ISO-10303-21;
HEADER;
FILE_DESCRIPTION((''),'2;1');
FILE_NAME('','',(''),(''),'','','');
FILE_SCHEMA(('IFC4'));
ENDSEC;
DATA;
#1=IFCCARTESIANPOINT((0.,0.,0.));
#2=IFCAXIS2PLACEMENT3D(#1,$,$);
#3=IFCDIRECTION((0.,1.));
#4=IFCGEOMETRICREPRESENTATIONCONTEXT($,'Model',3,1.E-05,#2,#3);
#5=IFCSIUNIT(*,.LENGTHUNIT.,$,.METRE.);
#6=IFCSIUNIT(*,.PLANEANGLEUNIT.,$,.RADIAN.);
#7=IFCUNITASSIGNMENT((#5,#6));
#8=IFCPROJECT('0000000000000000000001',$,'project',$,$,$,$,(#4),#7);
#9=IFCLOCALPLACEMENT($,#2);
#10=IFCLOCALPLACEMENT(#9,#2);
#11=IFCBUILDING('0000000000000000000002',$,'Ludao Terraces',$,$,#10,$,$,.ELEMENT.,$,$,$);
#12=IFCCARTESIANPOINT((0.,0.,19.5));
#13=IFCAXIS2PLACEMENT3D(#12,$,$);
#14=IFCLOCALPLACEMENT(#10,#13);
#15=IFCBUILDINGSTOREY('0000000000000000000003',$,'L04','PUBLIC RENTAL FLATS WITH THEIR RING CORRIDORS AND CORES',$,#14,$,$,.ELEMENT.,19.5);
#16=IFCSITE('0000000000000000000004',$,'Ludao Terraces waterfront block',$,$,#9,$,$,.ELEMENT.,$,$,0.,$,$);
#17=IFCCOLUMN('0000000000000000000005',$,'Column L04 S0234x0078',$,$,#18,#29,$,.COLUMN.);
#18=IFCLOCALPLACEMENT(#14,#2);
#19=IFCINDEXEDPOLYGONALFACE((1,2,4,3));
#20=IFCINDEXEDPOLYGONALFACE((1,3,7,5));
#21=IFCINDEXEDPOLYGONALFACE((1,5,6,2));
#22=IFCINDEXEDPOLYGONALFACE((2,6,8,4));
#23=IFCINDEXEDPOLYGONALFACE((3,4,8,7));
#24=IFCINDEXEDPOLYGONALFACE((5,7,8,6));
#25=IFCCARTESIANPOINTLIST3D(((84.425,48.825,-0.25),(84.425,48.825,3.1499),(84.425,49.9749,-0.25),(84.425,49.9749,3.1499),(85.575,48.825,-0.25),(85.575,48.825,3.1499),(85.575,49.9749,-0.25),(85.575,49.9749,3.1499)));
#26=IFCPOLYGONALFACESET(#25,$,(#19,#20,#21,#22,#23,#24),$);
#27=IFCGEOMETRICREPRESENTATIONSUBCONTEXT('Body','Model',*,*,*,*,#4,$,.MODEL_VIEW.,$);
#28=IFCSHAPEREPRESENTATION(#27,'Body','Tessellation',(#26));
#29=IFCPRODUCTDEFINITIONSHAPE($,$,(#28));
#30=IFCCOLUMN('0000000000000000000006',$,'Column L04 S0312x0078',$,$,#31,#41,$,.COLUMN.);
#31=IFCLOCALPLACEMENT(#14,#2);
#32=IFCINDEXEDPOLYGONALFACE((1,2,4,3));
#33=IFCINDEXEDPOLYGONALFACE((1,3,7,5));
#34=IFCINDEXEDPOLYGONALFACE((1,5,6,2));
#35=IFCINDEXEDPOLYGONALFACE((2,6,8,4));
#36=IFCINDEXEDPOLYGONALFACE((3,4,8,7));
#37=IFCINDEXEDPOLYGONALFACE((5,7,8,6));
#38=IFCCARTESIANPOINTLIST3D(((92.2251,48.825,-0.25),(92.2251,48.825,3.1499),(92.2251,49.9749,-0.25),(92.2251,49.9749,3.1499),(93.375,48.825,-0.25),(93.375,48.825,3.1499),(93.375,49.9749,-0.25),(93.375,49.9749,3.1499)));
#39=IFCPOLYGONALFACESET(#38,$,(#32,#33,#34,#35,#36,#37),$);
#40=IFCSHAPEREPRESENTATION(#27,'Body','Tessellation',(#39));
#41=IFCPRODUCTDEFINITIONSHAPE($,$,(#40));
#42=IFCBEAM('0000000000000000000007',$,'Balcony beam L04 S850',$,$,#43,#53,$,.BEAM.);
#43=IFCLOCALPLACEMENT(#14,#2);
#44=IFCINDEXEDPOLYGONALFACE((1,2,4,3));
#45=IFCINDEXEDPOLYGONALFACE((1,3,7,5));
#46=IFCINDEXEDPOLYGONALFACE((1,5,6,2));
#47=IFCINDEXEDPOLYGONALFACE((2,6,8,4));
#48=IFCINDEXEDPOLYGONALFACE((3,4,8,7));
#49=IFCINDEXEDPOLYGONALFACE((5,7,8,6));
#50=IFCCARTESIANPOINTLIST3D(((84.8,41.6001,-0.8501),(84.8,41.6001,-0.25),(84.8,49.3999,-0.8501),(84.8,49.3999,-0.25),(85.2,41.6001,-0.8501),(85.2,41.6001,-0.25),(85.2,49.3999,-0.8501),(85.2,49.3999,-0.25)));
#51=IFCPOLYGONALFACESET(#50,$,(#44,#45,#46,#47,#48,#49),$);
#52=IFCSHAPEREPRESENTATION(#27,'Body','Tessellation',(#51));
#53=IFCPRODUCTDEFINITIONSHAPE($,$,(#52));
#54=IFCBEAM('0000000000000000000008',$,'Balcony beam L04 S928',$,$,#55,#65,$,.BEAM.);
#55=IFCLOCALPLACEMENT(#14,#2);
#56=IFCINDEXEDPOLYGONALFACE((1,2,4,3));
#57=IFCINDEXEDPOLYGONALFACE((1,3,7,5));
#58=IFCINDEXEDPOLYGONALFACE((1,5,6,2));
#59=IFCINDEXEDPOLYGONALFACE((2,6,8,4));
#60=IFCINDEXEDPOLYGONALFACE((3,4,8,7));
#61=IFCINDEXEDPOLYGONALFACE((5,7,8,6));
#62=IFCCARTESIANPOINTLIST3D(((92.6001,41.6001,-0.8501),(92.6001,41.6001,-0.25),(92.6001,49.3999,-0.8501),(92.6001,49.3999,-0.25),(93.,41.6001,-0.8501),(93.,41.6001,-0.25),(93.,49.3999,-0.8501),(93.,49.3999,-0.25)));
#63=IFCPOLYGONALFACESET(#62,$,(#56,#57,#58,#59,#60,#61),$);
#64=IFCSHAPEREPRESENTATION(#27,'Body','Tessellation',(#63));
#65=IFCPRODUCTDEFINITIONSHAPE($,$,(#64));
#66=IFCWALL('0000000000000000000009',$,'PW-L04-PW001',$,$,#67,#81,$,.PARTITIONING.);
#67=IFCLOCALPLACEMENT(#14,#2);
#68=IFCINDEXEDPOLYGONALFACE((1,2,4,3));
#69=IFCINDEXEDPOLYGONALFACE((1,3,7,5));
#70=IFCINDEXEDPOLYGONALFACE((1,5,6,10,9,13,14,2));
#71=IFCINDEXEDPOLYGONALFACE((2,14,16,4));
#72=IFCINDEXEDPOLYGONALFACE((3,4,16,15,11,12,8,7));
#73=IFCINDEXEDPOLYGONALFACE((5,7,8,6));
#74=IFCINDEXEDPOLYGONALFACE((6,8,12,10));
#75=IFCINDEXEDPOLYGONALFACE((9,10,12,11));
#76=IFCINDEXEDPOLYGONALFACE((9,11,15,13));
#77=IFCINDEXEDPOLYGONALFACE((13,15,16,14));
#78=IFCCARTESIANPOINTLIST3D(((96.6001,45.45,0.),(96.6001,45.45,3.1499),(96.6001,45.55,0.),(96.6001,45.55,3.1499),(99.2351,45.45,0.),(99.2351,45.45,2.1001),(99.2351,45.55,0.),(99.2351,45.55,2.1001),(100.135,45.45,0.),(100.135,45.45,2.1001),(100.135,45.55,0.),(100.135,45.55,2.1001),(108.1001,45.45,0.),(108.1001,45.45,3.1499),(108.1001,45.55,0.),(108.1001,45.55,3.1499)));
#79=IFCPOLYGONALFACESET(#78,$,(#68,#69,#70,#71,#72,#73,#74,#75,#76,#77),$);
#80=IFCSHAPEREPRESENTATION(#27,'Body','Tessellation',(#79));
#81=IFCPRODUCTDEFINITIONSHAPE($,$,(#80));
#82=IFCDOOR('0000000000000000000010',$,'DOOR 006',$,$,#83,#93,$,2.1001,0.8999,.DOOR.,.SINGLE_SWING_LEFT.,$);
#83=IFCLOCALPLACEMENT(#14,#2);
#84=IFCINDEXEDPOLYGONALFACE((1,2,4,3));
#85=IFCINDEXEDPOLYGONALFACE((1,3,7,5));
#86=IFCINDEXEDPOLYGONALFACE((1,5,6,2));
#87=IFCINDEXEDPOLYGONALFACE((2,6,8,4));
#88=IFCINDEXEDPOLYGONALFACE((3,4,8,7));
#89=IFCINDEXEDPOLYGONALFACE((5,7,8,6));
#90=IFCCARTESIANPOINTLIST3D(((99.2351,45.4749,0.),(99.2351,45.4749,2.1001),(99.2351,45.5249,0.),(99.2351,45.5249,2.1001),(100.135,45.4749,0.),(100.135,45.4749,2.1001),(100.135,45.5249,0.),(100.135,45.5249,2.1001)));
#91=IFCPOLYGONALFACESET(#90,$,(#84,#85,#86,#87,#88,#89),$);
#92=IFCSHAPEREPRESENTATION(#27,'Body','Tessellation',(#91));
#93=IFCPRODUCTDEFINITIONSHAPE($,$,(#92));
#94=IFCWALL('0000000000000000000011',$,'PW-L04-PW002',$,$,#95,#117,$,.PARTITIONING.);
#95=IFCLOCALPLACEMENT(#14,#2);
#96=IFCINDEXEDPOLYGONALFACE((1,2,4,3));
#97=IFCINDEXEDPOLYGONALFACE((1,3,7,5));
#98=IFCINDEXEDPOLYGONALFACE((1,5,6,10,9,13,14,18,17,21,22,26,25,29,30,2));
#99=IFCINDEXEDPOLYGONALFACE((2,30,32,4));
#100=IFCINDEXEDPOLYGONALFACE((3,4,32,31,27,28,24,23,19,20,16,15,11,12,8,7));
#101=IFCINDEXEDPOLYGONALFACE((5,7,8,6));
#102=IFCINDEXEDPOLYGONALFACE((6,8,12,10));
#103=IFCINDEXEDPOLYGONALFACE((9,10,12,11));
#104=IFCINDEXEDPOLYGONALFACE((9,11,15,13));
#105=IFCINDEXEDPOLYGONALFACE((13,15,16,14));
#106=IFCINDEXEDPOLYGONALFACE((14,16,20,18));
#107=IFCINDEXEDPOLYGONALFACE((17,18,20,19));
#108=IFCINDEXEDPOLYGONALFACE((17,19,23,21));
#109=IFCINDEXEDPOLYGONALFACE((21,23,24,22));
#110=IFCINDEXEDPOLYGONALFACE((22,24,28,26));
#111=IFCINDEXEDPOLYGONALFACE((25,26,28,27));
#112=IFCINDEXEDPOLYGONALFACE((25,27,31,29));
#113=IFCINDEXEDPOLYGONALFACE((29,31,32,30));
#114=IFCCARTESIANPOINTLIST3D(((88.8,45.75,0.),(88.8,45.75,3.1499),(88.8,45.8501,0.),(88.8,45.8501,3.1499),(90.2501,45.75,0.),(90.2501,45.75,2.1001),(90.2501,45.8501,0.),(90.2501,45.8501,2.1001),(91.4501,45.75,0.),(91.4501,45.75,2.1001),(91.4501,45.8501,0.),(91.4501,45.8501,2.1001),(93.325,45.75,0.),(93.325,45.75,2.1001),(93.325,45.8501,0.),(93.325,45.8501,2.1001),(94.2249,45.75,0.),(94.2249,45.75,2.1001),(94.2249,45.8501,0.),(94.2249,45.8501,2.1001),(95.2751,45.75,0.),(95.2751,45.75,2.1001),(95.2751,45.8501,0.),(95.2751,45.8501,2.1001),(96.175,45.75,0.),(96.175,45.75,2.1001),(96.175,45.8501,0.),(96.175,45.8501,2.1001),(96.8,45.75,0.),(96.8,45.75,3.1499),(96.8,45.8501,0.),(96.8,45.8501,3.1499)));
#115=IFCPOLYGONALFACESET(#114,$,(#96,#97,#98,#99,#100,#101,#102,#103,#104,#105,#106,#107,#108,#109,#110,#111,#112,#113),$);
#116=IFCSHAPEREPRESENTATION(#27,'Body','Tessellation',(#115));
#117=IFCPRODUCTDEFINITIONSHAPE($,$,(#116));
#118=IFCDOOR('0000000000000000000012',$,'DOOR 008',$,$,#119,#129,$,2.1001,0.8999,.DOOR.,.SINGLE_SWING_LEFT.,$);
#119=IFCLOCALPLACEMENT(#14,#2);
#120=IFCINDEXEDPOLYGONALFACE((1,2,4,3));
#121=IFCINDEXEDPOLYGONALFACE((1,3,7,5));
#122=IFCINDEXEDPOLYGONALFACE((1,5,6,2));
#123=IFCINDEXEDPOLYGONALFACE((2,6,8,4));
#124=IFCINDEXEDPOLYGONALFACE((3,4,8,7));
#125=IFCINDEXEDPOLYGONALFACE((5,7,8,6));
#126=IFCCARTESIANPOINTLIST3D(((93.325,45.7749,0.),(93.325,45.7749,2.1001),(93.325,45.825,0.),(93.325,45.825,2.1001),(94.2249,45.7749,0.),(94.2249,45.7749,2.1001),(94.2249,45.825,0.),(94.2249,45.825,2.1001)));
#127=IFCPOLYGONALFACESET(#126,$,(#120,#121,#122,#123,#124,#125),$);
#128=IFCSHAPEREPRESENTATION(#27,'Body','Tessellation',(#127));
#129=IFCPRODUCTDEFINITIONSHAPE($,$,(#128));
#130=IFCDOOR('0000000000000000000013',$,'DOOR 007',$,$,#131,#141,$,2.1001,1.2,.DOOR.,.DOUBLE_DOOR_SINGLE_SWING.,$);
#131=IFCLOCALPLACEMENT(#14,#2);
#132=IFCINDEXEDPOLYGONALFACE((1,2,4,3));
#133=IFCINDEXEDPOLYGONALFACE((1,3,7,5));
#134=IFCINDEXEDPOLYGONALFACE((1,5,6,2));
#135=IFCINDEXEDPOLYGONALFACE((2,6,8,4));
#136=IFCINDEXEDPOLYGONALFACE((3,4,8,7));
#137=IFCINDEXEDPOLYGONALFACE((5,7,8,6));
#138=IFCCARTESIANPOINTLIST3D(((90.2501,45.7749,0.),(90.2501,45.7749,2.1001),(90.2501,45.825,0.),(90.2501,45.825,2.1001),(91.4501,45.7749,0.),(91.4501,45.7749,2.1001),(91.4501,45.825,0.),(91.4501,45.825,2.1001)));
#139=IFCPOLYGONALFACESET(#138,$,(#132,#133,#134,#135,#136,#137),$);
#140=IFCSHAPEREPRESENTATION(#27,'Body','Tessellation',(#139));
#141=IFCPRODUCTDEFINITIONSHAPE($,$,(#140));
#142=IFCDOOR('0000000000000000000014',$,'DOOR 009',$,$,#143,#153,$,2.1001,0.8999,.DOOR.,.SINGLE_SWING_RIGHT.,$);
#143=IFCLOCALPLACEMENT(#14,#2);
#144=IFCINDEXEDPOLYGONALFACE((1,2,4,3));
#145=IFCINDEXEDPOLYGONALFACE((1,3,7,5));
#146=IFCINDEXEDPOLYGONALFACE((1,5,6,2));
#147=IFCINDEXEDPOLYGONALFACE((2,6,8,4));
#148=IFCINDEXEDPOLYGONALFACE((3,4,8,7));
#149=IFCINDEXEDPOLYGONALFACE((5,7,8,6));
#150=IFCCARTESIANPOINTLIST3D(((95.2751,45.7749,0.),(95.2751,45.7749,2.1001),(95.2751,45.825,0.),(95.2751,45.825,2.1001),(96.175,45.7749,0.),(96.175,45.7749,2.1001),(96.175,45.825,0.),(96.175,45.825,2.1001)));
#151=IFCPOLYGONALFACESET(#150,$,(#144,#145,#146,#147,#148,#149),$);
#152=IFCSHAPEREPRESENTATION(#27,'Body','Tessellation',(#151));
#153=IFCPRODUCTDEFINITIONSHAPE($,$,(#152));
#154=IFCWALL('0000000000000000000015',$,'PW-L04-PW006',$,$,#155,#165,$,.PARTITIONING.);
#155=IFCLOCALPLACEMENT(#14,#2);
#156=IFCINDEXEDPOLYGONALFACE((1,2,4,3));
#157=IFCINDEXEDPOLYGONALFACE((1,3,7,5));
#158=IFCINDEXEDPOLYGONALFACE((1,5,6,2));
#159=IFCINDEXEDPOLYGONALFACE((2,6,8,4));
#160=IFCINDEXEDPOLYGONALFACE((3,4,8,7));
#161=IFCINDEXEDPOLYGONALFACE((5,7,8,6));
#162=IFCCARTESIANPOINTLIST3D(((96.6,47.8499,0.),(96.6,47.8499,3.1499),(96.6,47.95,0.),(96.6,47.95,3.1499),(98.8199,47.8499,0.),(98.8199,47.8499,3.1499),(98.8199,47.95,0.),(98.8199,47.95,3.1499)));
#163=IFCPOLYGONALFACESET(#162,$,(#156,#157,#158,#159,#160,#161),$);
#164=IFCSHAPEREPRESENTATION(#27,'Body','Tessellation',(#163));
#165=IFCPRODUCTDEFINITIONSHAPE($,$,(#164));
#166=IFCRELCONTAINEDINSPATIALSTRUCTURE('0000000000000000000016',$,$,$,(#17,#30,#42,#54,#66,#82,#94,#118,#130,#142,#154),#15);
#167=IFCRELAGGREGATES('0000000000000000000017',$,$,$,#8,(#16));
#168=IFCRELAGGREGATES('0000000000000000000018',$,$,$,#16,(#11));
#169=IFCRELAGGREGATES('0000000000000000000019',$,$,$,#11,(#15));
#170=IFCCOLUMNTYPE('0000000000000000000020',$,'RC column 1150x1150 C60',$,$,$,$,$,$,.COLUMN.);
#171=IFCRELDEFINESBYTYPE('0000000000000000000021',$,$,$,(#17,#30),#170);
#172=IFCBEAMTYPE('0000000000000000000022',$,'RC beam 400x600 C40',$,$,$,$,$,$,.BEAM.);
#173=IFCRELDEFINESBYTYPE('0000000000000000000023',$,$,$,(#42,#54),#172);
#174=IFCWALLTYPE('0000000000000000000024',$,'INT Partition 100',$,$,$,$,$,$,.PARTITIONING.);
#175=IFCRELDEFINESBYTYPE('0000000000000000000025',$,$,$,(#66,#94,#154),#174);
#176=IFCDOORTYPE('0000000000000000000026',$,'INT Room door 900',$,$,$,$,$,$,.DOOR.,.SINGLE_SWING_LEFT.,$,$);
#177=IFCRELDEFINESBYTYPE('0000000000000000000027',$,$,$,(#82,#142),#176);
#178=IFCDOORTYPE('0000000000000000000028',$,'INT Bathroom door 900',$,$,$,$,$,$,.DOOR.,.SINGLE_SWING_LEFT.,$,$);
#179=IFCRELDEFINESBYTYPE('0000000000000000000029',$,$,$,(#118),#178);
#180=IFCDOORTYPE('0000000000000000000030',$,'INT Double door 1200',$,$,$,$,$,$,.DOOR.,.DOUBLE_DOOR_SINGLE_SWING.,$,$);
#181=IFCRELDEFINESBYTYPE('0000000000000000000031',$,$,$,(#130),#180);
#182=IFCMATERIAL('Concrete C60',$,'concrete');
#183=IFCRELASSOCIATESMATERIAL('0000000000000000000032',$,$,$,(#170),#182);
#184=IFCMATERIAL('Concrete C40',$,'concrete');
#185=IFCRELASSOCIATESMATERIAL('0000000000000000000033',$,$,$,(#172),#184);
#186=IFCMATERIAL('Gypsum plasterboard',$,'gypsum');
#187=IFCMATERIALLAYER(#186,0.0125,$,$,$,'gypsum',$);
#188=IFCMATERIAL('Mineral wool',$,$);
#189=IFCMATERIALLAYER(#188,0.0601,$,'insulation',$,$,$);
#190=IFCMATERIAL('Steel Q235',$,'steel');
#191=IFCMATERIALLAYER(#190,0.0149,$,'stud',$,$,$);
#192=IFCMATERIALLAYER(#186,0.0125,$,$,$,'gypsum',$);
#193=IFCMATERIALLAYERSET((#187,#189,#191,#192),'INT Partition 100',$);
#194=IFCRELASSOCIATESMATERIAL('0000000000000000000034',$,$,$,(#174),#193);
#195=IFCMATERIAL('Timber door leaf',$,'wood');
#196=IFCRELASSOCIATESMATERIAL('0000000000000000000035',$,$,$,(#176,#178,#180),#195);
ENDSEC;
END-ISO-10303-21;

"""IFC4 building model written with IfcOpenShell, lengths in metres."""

from ifc_helpers import new_model, si_unit, direction, frame, frame_2d, origin, origin_2d, place, context, subcontext, project, spatial, rectangle, extrude, material, layer, layer_set, material_profile, profile_set, type_object, element, fill, save


model = new_model("IFC4")

# Units and contexts
model_context = context("Model", 3, precision=1e-05, world=origin(), true_north=direction((0.0, 1.0)))
body_context = subcontext(model_context, "Body", "Model", "MODEL_VIEW")
ifc_project = project(units=[si_unit("LENGTHUNIT", "METRE"), si_unit("PLANEANGLEUNIT", "RADIAN")], contexts=[model_context])

# Site, building, storey
site_placement = place(None, origin())
site = spatial("IfcSite", under=ifc_project, at=site_placement, Name="Ludao Terraces waterfront block", CompositionType="ELEMENT", RefElevation=0.0)
building_placement = place(site_placement, origin())
building = spatial("IfcBuilding", under=site, at=building_placement, Name="Ludao Terraces", CompositionType="ELEMENT")
storey_placement = place(building_placement, frame((0.0, 0.0, 19.5)))
storey = spatial("IfcBuildingStorey", under=building, at=storey_placement, Name="L04", Description="PUBLIC RENTAL FLATS WITH THEIR RING CORRIDORS AND CORES", CompositionType="ELEMENT", Elevation=19.5)

# Columns
ifc_material_1 = material(Name="Concrete C60", Category="concrete")
ifc_material_profile_1 = material_profile(ifc_material_1, rectangle(XDim=1.1499, YDim=1.1499, at=origin_2d()), Name="1150 X 1150")
ifc_profile_set_1 = profile_set([ifc_material_profile_1], Name="Concrete C60")
column_type = type_object("IfcColumnType", Name="RC column 1150x1150 C60", PredefinedType="COLUMN", material=ifc_profile_set_1)
for number, where, z_axis, x_axis, name in (
    (1, (85.0, 49.3999, -0.25), (0.0, 0.0, 1.0), (1.0, 0.0, 0.0), "Column L04 S0234x0078"),
    (2, (92.8, 49.3999, -0.25), (0.0, 0.0, 1.0), (1.0, 0.0, 0.0), "Column L04 S0312x0078"),
):
    element("IfcColumn", number, at=place(storey_placement, frame(where, z_axis=z_axis, x_axis=x_axis)), inside=storey, type_object=column_type, Name=name, PredefinedType="COLUMN", context=body_context, shape_type="SweptSolid", body=[
        extrude(rectangle(XDim=1.1499, YDim=1.1499, at=origin_2d()), origin(), (0.0, 0.0, 1.0), 3.3999),
    ])

# Beams
ifc_material_2 = material(Name="Concrete C40", Category="concrete")
ifc_material_profile_2 = material_profile(ifc_material_2, rectangle(XDim=0.3999, YDim=0.6001, at=origin_2d()), Name="400 X 600")
ifc_profile_set_2 = profile_set([ifc_material_profile_2], Name="Concrete C40")
beam_type = type_object("IfcBeamType", Name="RC beam 400x600 C40", PredefinedType="BEAM", material=ifc_profile_set_2)
for number, where, z_axis, x_axis, name in (
    (3, (85.0, 49.3999, -0.55), (0.0, -1.0, 0.0), (1.0, 0.0, 0.0), "Balcony beam L04 S850"),
    (4, (92.8, 49.3999, -0.55), (0.0, -1.0, 0.0), (1.0, 0.0, 0.0), "Balcony beam L04 S928"),
):
    element("IfcBeam", number, at=place(storey_placement, frame(where, z_axis=z_axis, x_axis=x_axis)), inside=storey, type_object=beam_type, Name=name, PredefinedType="BEAM", context=body_context, shape_type="SweptSolid", body=[
        extrude(rectangle(XDim=0.3999, YDim=0.6001, at=origin_2d()), origin(), (0.0, 0.0, 1.0), 7.7998),
    ])

# Wall, opening, door
ifc_material_3 = material(Name="Gypsum plasterboard", Category="gypsum")
ifc_layer_1 = layer(ifc_material_3, 0.0125, Category="gypsum")
ifc_material_4 = material(Name="Mineral wool")
ifc_layer_2 = layer(ifc_material_4, 0.0601, Name="insulation")
ifc_material_5 = material(Name="Steel Q235", Category="steel")
ifc_layer_3 = layer(ifc_material_5, 0.0149, Name="stud")
ifc_layer_4 = layer(ifc_material_3, 0.0125, Category="gypsum")
ifc_layer_set_1 = layer_set([ifc_layer_1, ifc_layer_2, ifc_layer_3, ifc_layer_4], Name="INT Partition 100")
wall_type_1 = type_object("IfcWallType", Name="INT Partition 100", PredefinedType="PARTITIONING", material=ifc_layer_set_1)
wall_1_placement = place(storey_placement, frame((96.6001, 45.5, 0.0), z_axis=(0.0, 0.0, 1.0), x_axis=(1.0, 0.0, 0.0)))
wall_1 = element("IfcWall", 5, at=wall_1_placement, inside=storey, type_object=wall_type_1, Name="PW-L04-PW001", PredefinedType="PARTITIONING", context=body_context, shape_type="SweptSolid", body=[
    extrude(rectangle(XDim=11.5, YDim=0.1001, at=frame_2d((5.75, 0.0))), origin(), (0.0, 0.0, 1.0), 3.1499),
])
opening_1_placement = place(wall_1_placement, frame((2.635, 0.0, 0.0)))
opening_1 = element("IfcOpeningElement", 6, at=opening_1_placement, cuts=wall_1, PredefinedType="OPENING", context=body_context, shape_type="SweptSolid", body=[
    extrude(rectangle(XDim=0.8999, YDim=2.1001, at=frame_2d((0.45, 1.05))), frame((0.0, 0.0601, 0.0), z_axis=(0.0, -1.0, 0.0), x_axis=(1.0, 0.0, 0.0)), (0.0, 0.0, 1.0), 0.1201),
])
ifc_material_6 = material(Name="Timber door leaf", Category="wood")
door_type_1 = type_object("IfcDoorType", Name="INT Room door 900", OperationType="SINGLE_SWING_LEFT", PredefinedType="DOOR", material=ifc_material_6)
door_1_placement = place(opening_1_placement, origin())
door_1 = element("IfcDoor", 7, at=door_1_placement, inside=storey, type_object=door_type_1, Name="DOOR 006", OperationType="SINGLE_SWING_LEFT", OverallHeight=2.1001, OverallWidth=0.8999, PredefinedType="DOOR", context=body_context, shape_type="SweptSolid", body=[
    extrude(rectangle(XDim=0.8999, YDim=2.1001, at=frame_2d((0.45, 1.05))), frame((0.0, 0.0249, 0.0), z_axis=(0.0, -1.0, 0.0), x_axis=(1.0, 0.0, 0.0)), (0.0, 0.0, 1.0), 0.05),
])
fill(opening_1, door_1)

# Wall, openings, doors
wall_2_placement = place(storey_placement, frame((88.8, 45.8, 0.0), z_axis=(0.0, 0.0, 1.0), x_axis=(1.0, 0.0, 0.0)))
wall_2 = element("IfcWall", 8, at=wall_2_placement, inside=storey, type_object=wall_type_1, Name="PW-L04-PW002", PredefinedType="PARTITIONING", context=body_context, shape_type="SweptSolid", body=[
    extrude(rectangle(XDim=8.0, YDim=0.1001, at=frame_2d((4.0, 0.0))), origin(), (0.0, 0.0, 1.0), 3.1499),
])
opening_2_placement = place(wall_2_placement, frame((1.45, 0.0, 0.0)))
opening_2 = element("IfcOpeningElement", 9, at=opening_2_placement, cuts=wall_2, PredefinedType="OPENING", context=body_context, shape_type="SweptSolid", body=[
    extrude(rectangle(XDim=1.2, YDim=2.1001, at=frame_2d((0.6001, 1.05))), frame((0.0, 0.0601, 0.0), z_axis=(0.0, -1.0, 0.0), x_axis=(1.0, 0.0, 0.0)), (0.0, 0.0, 1.0), 0.1201),
])
opening_3_placement = place(wall_2_placement, frame((4.5249, 0.0, 0.0)))
opening_3 = element("IfcOpeningElement", 10, at=opening_3_placement, cuts=wall_2, PredefinedType="OPENING", context=body_context, shape_type="SweptSolid", body=[
    extrude(rectangle(XDim=0.8999, YDim=2.1001, at=frame_2d((0.45, 1.05))), frame((0.0, 0.0601, 0.0), z_axis=(0.0, -1.0, 0.0), x_axis=(1.0, 0.0, 0.0)), (0.0, 0.0, 1.0), 0.1201),
])
opening_4_placement = place(wall_2_placement, frame((6.4751, 0.0, 0.0)))
opening_4 = element("IfcOpeningElement", 11, at=opening_4_placement, cuts=wall_2, PredefinedType="OPENING", context=body_context, shape_type="SweptSolid", body=[
    extrude(rectangle(XDim=0.8999, YDim=2.1001, at=frame_2d((0.45, 1.05))), frame((0.0, 0.0601, 0.0), z_axis=(0.0, -1.0, 0.0), x_axis=(1.0, 0.0, 0.0)), (0.0, 0.0, 1.0), 0.1201),
])
door_type_2 = type_object("IfcDoorType", Name="INT Bathroom door 900", OperationType="SINGLE_SWING_LEFT", PredefinedType="DOOR", material=ifc_material_6)
door_2_placement = place(opening_3_placement, origin())
door_2 = element("IfcDoor", 12, at=door_2_placement, inside=storey, type_object=door_type_2, Name="DOOR 008", OperationType="SINGLE_SWING_LEFT", OverallHeight=2.1001, OverallWidth=0.8999, PredefinedType="DOOR", context=body_context, shape_type="SweptSolid", body=[
    extrude(rectangle(XDim=0.8999, YDim=2.1001, at=frame_2d((0.45, 1.05))), frame((0.0, 0.0249, 0.0), z_axis=(0.0, -1.0, 0.0), x_axis=(1.0, 0.0, 0.0)), (0.0, 0.0, 1.0), 0.05),
])
fill(opening_3, door_2)
door_type_3 = type_object("IfcDoorType", Name="INT Double door 1200", OperationType="DOUBLE_DOOR_SINGLE_SWING", PredefinedType="DOOR", material=ifc_material_6)
door_3_placement = place(opening_2_placement, origin())
door_3 = element("IfcDoor", 13, at=door_3_placement, inside=storey, type_object=door_type_3, Name="DOOR 007", OperationType="DOUBLE_DOOR_SINGLE_SWING", OverallHeight=2.1001, OverallWidth=1.2, PredefinedType="DOOR", context=body_context, shape_type="SweptSolid", body=[
    extrude(rectangle(XDim=1.2, YDim=2.1001, at=frame_2d((0.6001, 1.05))), frame((0.0, 0.0249, 0.0), z_axis=(0.0, -1.0, 0.0), x_axis=(1.0, 0.0, 0.0)), (0.0, 0.0, 1.0), 0.05),
])
fill(opening_2, door_3)
door_4_placement = place(opening_4_placement, origin())
door_4 = element("IfcDoor", 14, at=door_4_placement, inside=storey, type_object=door_type_1, Name="DOOR 009", OperationType="SINGLE_SWING_RIGHT", OverallHeight=2.1001, OverallWidth=0.8999, PredefinedType="DOOR", context=body_context, shape_type="SweptSolid", body=[
    extrude(rectangle(XDim=0.8999, YDim=2.1001, at=frame_2d((0.45, 1.05))), frame((0.0, 0.0249, 0.0), z_axis=(0.0, -1.0, 0.0), x_axis=(1.0, 0.0, 0.0)), (0.0, 0.0, 1.0), 0.05),
])
fill(opening_4, door_4)

# Wall
for number, where, z_axis, x_axis, name in (
    (15, (96.6001, 47.8999, 0.0), (0.0, 0.0, 1.0), (1.0, 0.0, 0.0), "PW-L04-PW006"),
):
    element("IfcWall", number, at=place(storey_placement, frame(where, z_axis=z_axis, x_axis=x_axis)), inside=storey, type_object=wall_type_1, Name=name, PredefinedType="PARTITIONING", context=body_context, shape_type="SweptSolid", body=[
        extrude(rectangle(XDim=2.22, YDim=0.1001, at=frame_2d((1.1099, 0.0))), origin(), (0.0, 0.0, 1.0), 3.1499),
    ])

save(model, "model.ifc")
